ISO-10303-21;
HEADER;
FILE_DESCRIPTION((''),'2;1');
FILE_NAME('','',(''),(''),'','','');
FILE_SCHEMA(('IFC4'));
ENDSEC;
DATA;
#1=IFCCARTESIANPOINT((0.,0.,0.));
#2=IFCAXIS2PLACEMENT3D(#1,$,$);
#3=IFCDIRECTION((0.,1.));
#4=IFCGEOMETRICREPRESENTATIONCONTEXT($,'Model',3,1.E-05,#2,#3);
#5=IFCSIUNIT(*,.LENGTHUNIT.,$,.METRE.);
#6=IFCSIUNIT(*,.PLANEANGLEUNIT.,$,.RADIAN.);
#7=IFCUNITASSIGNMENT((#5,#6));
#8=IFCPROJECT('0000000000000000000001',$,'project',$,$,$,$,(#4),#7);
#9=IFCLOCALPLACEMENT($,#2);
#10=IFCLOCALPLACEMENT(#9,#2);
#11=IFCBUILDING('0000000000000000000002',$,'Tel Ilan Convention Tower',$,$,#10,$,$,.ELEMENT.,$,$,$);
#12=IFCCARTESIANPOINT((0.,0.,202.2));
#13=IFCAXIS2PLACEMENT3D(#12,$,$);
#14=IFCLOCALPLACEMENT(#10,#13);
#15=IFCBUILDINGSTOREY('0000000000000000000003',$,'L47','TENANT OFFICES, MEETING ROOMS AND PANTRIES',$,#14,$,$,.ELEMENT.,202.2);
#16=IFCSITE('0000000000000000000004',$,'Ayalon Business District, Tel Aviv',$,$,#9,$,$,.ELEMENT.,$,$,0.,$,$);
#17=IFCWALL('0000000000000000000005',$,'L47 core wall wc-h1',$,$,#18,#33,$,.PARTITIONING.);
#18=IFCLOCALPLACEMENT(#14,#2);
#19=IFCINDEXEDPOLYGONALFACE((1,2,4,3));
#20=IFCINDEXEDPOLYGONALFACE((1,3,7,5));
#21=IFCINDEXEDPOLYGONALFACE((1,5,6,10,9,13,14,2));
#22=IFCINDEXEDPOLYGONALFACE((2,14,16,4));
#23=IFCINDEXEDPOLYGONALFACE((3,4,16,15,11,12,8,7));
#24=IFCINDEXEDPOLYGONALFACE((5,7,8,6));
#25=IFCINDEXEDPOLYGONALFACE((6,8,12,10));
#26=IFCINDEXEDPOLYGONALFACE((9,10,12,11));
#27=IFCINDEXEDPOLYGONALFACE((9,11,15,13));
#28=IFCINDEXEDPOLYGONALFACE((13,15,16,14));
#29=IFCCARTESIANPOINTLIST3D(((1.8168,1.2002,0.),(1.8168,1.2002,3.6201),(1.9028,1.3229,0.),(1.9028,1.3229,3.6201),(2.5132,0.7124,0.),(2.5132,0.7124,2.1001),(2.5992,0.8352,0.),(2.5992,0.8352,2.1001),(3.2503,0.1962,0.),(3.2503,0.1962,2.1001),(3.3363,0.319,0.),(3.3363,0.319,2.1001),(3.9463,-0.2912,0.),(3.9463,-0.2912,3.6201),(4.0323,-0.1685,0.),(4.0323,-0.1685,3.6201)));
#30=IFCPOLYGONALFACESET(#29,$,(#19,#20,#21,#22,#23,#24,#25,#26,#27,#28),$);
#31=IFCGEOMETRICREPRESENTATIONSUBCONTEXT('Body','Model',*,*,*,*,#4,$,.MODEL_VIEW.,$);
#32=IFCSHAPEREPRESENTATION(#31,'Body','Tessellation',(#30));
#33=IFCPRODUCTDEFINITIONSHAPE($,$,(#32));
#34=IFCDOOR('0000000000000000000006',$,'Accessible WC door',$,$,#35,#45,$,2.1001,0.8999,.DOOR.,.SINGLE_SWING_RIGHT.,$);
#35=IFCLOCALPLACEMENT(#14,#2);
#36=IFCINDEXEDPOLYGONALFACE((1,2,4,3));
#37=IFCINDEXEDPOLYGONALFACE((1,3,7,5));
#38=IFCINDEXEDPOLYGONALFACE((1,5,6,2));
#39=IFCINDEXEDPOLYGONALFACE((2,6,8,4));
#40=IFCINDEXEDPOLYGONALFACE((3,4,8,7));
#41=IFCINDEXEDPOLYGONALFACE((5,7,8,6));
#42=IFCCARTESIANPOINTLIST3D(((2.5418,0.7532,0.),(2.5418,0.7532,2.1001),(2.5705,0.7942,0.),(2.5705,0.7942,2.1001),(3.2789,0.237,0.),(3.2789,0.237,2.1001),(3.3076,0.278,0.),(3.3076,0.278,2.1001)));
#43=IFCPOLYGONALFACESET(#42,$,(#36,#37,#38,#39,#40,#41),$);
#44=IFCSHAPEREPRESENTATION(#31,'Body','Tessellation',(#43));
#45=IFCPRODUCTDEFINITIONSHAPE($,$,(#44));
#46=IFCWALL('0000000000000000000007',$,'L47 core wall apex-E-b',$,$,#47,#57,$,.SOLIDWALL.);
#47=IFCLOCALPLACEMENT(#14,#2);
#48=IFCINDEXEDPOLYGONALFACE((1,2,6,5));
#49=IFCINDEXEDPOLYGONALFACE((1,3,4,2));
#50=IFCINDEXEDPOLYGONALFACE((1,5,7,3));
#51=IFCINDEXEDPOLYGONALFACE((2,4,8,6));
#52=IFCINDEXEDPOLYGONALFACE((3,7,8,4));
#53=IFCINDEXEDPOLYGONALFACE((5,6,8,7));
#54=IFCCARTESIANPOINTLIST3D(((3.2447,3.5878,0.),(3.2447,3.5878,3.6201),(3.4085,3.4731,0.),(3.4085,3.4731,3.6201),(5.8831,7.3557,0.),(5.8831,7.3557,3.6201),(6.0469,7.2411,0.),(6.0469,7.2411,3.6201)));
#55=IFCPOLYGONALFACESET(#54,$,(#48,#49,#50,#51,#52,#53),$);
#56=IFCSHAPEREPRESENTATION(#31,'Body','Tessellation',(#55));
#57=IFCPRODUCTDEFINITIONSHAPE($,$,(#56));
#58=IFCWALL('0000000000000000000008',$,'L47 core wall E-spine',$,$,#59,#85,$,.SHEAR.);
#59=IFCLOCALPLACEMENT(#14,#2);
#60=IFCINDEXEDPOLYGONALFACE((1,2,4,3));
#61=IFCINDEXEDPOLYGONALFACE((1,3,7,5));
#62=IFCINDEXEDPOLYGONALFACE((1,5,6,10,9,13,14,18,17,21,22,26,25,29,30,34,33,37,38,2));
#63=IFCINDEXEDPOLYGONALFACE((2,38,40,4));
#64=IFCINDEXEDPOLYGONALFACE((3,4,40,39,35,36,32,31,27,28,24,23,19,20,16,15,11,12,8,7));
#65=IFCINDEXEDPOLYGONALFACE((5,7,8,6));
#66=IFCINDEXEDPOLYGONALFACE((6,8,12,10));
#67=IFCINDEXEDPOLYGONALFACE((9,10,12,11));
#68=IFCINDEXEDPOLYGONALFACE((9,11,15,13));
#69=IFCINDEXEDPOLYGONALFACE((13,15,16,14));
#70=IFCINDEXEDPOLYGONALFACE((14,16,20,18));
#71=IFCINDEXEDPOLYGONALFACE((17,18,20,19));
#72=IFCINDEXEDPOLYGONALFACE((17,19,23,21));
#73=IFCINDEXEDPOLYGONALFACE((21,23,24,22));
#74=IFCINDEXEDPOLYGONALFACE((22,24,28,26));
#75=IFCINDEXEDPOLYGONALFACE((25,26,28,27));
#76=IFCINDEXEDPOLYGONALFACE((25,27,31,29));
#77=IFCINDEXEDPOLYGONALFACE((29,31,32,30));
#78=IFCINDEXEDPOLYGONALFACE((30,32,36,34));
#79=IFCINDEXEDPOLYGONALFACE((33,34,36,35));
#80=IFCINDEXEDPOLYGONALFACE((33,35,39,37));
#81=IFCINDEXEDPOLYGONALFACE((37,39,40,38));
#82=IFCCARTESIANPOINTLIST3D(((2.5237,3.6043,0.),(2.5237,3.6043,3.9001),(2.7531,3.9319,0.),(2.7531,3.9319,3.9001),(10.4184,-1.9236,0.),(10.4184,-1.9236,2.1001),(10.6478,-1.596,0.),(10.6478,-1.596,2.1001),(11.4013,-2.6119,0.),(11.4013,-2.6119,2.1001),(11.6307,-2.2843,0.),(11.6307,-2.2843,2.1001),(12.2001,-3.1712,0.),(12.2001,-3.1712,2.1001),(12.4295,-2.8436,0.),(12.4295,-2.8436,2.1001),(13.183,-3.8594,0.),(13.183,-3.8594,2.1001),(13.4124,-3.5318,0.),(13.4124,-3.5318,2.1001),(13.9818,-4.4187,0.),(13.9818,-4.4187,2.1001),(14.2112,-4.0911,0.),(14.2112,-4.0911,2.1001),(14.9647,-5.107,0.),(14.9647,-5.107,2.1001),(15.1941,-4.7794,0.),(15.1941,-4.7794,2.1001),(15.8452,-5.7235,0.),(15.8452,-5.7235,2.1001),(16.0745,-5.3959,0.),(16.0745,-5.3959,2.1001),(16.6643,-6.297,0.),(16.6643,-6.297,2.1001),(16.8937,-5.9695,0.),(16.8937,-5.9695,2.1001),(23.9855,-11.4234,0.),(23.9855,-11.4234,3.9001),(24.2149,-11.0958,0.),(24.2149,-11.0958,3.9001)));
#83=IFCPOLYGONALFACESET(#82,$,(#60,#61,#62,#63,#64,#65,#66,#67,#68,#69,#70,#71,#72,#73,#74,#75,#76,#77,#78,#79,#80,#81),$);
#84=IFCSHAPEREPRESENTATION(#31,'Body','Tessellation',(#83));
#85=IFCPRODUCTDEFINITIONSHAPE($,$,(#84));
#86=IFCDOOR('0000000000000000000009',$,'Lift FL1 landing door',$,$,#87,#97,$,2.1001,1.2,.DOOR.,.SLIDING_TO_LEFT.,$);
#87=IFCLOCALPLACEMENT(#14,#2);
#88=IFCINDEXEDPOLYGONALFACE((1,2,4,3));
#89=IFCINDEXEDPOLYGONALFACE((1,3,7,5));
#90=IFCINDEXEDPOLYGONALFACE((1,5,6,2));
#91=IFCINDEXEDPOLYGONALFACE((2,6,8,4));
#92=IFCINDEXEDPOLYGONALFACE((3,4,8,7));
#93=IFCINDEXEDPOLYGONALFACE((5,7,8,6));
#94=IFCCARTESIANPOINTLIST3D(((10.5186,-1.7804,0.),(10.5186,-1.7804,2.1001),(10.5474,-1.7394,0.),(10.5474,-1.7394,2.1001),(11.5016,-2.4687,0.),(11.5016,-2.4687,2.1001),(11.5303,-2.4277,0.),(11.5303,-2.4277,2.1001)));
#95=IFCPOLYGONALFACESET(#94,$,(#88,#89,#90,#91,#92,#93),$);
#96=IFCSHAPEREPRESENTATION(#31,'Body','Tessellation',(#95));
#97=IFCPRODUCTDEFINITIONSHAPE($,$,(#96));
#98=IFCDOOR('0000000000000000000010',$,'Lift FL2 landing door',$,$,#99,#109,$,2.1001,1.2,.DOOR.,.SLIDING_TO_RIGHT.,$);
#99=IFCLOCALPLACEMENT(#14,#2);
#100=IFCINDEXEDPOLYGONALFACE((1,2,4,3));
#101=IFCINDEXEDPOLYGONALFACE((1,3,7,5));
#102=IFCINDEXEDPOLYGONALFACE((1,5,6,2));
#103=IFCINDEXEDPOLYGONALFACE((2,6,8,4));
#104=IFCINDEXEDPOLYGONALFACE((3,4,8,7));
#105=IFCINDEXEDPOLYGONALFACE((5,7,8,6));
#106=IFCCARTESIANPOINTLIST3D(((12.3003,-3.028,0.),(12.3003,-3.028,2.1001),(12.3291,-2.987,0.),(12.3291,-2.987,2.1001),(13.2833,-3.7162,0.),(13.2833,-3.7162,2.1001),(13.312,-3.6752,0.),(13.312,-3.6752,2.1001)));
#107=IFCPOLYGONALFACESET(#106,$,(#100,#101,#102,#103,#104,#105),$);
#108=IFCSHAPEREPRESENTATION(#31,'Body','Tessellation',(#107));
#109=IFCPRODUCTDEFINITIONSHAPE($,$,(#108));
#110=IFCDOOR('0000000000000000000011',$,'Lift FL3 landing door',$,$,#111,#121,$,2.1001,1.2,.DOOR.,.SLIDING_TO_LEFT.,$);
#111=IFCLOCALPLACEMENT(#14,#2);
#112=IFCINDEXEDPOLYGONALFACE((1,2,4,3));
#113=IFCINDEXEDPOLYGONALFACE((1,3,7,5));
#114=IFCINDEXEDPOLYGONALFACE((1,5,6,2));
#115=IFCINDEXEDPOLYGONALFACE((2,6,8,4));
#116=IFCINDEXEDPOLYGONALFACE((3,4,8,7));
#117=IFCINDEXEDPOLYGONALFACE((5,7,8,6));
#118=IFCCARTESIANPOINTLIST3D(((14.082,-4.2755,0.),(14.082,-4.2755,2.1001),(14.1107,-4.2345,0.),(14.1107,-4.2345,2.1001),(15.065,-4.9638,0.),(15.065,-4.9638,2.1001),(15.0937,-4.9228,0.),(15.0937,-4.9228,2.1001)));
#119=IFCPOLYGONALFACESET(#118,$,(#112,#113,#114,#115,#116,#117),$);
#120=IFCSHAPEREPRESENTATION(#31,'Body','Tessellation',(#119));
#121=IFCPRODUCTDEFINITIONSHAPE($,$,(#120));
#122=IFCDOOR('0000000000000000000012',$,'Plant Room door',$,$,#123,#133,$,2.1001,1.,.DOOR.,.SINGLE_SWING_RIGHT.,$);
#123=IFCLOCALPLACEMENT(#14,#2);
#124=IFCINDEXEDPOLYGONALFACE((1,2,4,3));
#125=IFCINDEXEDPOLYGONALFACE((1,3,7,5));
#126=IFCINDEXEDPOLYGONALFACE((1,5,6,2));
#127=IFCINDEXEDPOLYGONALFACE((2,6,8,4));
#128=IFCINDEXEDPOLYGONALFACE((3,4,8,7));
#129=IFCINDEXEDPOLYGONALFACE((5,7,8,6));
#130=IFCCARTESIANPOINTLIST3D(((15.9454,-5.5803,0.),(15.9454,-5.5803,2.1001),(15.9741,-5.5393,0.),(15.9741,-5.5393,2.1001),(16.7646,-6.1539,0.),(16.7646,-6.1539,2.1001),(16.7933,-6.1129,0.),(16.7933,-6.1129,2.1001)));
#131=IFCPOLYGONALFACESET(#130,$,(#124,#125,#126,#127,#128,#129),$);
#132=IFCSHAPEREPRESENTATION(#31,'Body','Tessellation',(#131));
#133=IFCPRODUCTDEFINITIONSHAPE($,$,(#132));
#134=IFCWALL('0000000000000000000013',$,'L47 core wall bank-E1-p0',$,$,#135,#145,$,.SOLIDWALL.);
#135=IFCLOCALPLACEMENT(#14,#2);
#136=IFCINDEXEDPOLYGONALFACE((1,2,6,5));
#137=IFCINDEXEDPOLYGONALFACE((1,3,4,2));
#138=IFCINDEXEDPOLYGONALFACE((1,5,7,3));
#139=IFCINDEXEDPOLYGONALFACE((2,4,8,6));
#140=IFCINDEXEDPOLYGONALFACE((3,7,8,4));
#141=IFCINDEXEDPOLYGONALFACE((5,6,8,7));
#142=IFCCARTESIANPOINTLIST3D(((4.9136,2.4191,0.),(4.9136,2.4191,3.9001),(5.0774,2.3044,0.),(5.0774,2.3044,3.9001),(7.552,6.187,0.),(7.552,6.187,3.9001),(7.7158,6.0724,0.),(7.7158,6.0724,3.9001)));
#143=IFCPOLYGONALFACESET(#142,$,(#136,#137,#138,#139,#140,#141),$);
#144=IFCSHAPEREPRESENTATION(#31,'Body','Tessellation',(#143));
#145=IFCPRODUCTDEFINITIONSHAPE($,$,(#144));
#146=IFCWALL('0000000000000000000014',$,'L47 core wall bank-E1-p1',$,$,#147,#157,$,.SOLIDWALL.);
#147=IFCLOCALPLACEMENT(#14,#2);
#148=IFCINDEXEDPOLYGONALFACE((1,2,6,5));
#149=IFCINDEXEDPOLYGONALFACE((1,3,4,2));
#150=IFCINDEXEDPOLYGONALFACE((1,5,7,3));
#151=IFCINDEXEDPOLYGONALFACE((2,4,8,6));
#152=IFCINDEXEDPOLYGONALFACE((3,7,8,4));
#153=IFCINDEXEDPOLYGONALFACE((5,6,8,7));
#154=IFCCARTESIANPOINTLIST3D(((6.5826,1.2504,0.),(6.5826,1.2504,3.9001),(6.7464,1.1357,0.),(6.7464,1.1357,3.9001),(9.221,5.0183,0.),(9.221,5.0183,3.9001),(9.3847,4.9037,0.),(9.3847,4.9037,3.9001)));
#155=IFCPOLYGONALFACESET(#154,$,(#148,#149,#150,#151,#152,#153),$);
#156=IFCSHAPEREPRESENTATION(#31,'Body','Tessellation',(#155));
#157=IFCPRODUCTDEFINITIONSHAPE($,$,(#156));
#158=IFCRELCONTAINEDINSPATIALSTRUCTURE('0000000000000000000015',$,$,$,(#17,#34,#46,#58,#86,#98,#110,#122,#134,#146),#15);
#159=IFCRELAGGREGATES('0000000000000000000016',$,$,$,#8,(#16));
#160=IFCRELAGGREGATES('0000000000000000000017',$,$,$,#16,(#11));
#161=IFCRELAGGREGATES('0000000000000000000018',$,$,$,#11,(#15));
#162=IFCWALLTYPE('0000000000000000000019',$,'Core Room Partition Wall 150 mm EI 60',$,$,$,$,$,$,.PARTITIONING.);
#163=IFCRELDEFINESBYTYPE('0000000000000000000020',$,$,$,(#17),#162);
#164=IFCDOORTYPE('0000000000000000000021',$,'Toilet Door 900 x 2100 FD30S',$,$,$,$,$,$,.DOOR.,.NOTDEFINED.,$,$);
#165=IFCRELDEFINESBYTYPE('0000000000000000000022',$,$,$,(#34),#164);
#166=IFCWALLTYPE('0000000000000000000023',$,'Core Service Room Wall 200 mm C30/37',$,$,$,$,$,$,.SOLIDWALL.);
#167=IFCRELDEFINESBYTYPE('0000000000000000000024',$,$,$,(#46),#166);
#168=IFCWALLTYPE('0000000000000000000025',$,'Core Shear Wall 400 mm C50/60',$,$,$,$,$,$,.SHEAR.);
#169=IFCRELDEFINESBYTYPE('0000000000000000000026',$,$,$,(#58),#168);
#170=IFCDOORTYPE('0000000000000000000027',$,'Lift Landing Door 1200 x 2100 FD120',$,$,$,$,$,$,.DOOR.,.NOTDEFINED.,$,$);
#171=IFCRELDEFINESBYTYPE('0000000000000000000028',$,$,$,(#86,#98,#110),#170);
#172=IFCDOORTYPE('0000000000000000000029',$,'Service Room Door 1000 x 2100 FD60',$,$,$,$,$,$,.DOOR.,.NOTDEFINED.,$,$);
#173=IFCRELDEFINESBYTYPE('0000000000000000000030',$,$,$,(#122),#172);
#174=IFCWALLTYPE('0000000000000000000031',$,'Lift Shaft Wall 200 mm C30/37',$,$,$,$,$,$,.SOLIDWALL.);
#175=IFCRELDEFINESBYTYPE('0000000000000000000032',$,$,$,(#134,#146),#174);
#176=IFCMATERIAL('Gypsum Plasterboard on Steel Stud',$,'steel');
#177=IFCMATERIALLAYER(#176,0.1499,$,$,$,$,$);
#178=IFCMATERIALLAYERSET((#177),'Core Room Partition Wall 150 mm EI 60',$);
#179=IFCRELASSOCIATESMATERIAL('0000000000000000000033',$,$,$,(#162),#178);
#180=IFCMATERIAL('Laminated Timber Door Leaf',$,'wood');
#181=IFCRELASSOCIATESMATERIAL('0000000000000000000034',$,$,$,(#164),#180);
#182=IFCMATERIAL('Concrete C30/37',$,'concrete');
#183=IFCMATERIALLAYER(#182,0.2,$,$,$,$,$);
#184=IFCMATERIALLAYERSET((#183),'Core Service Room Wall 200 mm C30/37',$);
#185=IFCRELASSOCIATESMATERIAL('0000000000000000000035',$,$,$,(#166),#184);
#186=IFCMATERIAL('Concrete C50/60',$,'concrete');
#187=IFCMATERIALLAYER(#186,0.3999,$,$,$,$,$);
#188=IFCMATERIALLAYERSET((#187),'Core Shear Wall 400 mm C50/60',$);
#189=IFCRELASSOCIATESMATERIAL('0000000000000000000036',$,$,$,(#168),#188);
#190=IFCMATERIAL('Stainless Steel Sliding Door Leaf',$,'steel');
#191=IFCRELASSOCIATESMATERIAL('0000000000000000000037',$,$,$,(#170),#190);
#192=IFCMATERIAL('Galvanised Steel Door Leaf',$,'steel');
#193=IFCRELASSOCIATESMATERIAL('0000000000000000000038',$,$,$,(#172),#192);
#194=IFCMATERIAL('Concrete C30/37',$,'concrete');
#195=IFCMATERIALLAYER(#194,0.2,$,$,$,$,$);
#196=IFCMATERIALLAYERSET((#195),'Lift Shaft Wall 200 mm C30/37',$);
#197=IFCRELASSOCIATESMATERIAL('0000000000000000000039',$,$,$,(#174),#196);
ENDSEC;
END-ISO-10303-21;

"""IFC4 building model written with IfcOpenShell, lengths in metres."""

from ifc_helpers import new_model, si_unit, direction, frame, frame_2d, origin, place, context, subcontext, project, spatial, polyline, rectangle, outline, extrude, material, layer, layer_set, type_object, element, fill, save


model = new_model("IFC4")

# Units and contexts
model_context = context("Model", 3, precision=1e-05, world=origin(), true_north=direction((0.0, 1.0)))
body_context = subcontext(model_context, "Body", "Model", "MODEL_VIEW")
ifc_project = project(units=[si_unit("LENGTHUNIT", "METRE"), si_unit("PLANEANGLEUNIT", "RADIAN")], contexts=[model_context])

# Site, building, storey
site_placement = place(None, origin())
site = spatial("IfcSite", under=ifc_project, at=site_placement, Name="Ayalon Business District, Tel Aviv", CompositionType="ELEMENT", RefElevation=0.0)
building_placement = place(site_placement, origin())
building = spatial("IfcBuilding", under=site, at=building_placement, Name="Tel Ilan Convention Tower", CompositionType="ELEMENT")
storey_placement = place(building_placement, frame((0.0, 0.0, 202.2)))
storey = spatial("IfcBuildingStorey", under=building, at=storey_placement, Name="L47", Description="TENANT OFFICES, MEETING ROOMS AND PANTRIES", CompositionType="ELEMENT", Elevation=202.2)

# Wall, opening, door
ifc_material_1 = material(Name="Gypsum Plasterboard on Steel Stud", Category="steel")
ifc_layer_1 = layer(ifc_material_1, 0.1499)
ifc_layer_set_1 = layer_set([ifc_layer_1], Name="Core Room Partition Wall 150 mm EI 60")
wall_type_1 = type_object("IfcWallType", Name="Core Room Partition Wall 150 mm EI 60", PredefinedType="PARTITIONING", material=ifc_layer_set_1)
wall_1_placement = place(storey_placement, frame((1.8599, 1.2615, 0.0), z_axis=(0.0, 0.0, 1.0), x_axis=(0.819104, -0.573645, 0.0)))
wall_1 = element("IfcWall", 1, at=wall_1_placement, inside=storey, type_object=wall_type_1, Name="L47 core wall wc-h1", PredefinedType="PARTITIONING", context=body_context, shape_type="SweptSolid", body=[
    extrude(rectangle(XDim=2.5999, YDim=0.1499, at=frame_2d((1.2998, 0.0))), origin(), (0.0, 0.0, 1.0), 3.6201),
])
opening_1_placement = place(wall_1_placement, frame((0.8501, 0.0, 0.0)))
opening_1 = element("IfcOpeningElement", 2, at=opening_1_placement, cuts=wall_1, PredefinedType="OPENING", context=body_context, shape_type="SweptSolid", body=[
    extrude(rectangle(XDim=0.8999, YDim=2.1001, at=frame_2d((0.45, 1.05))), frame((0.0, 0.085, 0.0), z_axis=(0.0, -1.0, 0.0), x_axis=(1.0, 0.0, 0.0)), (0.0, 0.0, 1.0), 0.1699),
])
ifc_material_2 = material(Name="Laminated Timber Door Leaf", Category="wood")
door_type_1 = type_object("IfcDoorType", Name="Toilet Door 900 x 2100 FD30S", OperationType="NOTDEFINED", PredefinedType="DOOR", material=ifc_material_2)
door_1_placement = place(opening_1_placement, origin())
door_1 = element("IfcDoor", 3, at=door_1_placement, inside=storey, type_object=door_type_1, Name="Accessible WC door", OperationType="SINGLE_SWING_RIGHT", OverallHeight=2.1001, OverallWidth=0.8999, PredefinedType="DOOR", context=body_context, shape_type="SweptSolid", body=[
    extrude(rectangle(XDim=0.8999, YDim=2.1001, at=frame_2d((0.45, 1.05))), frame((0.0, 0.0249, 0.0), z_axis=(0.0, -1.0, 0.0), x_axis=(1.0, 0.0, 0.0)), (0.0, 0.0, 1.0), 0.05),
])
fill(opening_1, door_1)

# Wall
ifc_material_3 = material(Name="Concrete C30/37", Category="concrete")
ifc_layer_2 = layer(ifc_material_3, 0.2)
ifc_layer_set_2 = layer_set([ifc_layer_2], Name="Core Service Room Wall 200 mm C30/37")
wall_type_2 = type_object("IfcWallType", Name="Core Service Room Wall 200 mm C30/37", PredefinedType="SOLIDWALL", material=ifc_layer_set_2)
wall_2_placement = place(storey_placement, frame((3.3267, 3.5305, 0.0), z_axis=(0.0, 0.0, 1.0), x_axis=(0.573576, 0.819152, 0.0)))
element("IfcWall", 4, at=wall_2_placement, inside=storey, type_object=wall_type_2, Name="L47 core wall apex-E-b", PredefinedType="SOLIDWALL", context=body_context, shape_type="SweptSolid", body=[
    extrude(rectangle(XDim=4.5999, YDim=0.2, at=frame_2d((2.2998, 0.0))), origin(), (0.0, 0.0, 1.0), 3.6201),
])

# Wall, openings, doors
ifc_material_4 = material(Name="Concrete C50/60", Category="concrete")
ifc_layer_3 = layer(ifc_material_4, 0.3999)
ifc_layer_set_3 = layer_set([ifc_layer_3], Name="Core Shear Wall 400 mm C50/60")
wall_type_3 = type_object("IfcWallType", Name="Core Shear Wall 400 mm C50/60", PredefinedType="SHEAR", material=ifc_layer_set_3)
wall_3_placement = place(storey_placement, frame((2.6384, 3.7681, 0.0), z_axis=(0.0, 0.0, 1.0), x_axis=(0.819153, -0.573576, 0.0)))
wall_3 = element("IfcWall", 5, at=wall_3_placement, inside=storey, type_object=wall_type_3, Name="L47 core wall E-spine", PredefinedType="SHEAR", context=body_context, shape_type="SweptSolid", body=[
    extrude(outline(polyline([(0.0, 0.2), (0.0, -0.2), (26.2, -0.2), (26.2, 0.2), (0.0, 0.2)])), origin(), (0.0, 0.0, 1.0), 3.9001),
])
opening_2_placement = place(wall_3_placement, frame((9.6375, 0.0, 0.0)))
opening_2 = element("IfcOpeningElement", 6, at=opening_2_placement, cuts=wall_3, PredefinedType="OPENING", context=body_context, shape_type="SweptSolid", body=[
    extrude(rectangle(XDim=1.2, YDim=2.1001, at=frame_2d((0.6001, 1.05))), frame((0.0, 0.21, 0.0), z_axis=(0.0, -1.0, 0.0), x_axis=(1.0, 0.0, 0.0)), (0.0, 0.0, 1.0), 0.4199),
])
opening_3_placement = place(wall_3_placement, frame((11.8125, 0.0, 0.0)))
opening_3 = element("IfcOpeningElement", 7, at=opening_3_placement, cuts=wall_3, PredefinedType="OPENING", context=body_context, shape_type="SweptSolid", body=[
    extrude(rectangle(XDim=1.2, YDim=2.1001, at=frame_2d((0.6001, 1.05))), frame((0.0, 0.21, 0.0), z_axis=(0.0, -1.0, 0.0), x_axis=(1.0, 0.0, 0.0)), (0.0, 0.0, 1.0), 0.4199),
])
opening_4_placement = place(wall_3_placement, frame((13.9875, 0.0, 0.0)))
opening_4 = element("IfcOpeningElement", 8, at=opening_4_placement, cuts=wall_3, PredefinedType="OPENING", context=body_context, shape_type="SweptSolid", body=[
    extrude(rectangle(XDim=1.2, YDim=2.1001, at=frame_2d((0.6001, 1.05))), frame((0.0, 0.21, 0.0), z_axis=(0.0, -1.0, 0.0), x_axis=(1.0, 0.0, 0.0)), (0.0, 0.0, 1.0), 0.4199),
])
opening_5_placement = place(wall_3_placement, frame((16.2625, 0.0, 0.0)))
opening_5 = element("IfcOpeningElement", 9, at=opening_5_placement, cuts=wall_3, PredefinedType="OPENING", context=body_context, shape_type="SweptSolid", body=[
    extrude(rectangle(XDim=1.0, YDim=2.1001, at=frame_2d((0.5, 1.05))), frame((0.0, 0.21, 0.0), z_axis=(0.0, -1.0, 0.0), x_axis=(1.0, 0.0, 0.0)), (0.0, 0.0, 1.0), 0.4199),
])
ifc_material_5 = material(Name="Stainless Steel Sliding Door Leaf", Category="steel")
door_type_2 = type_object("IfcDoorType", Name="Lift Landing Door 1200 x 2100 FD120", OperationType="NOTDEFINED", PredefinedType="DOOR", material=ifc_material_5)
door_2_placement = place(opening_2_placement, origin())
door_2 = element("IfcDoor", 10, at=door_2_placement, inside=storey, type_object=door_type_2, Name="Lift FL1 landing door", OperationType="SLIDING_TO_LEFT", OverallHeight=2.1001, OverallWidth=1.2, PredefinedType="DOOR", context=body_context, shape_type="SweptSolid", body=[
    extrude(rectangle(XDim=1.2, YDim=2.1001, at=frame_2d((0.6001, 1.05))), frame((0.0, 0.0249, 0.0), z_axis=(0.0, -1.0, 0.0), x_axis=(1.0, 0.0, 0.0)), (0.0, 0.0, 1.0), 0.05),
])
fill(opening_2, door_2)
door_3_placement = place(opening_3_placement, origin())
door_3 = element("IfcDoor", 11, at=door_3_placement, inside=storey, type_object=door_type_2, Name="Lift FL2 landing door", OperationType="SLIDING_TO_RIGHT", OverallHeight=2.1001, OverallWidth=1.2, PredefinedType="DOOR", context=body_context, shape_type="SweptSolid", body=[
    extrude(rectangle(XDim=1.2, YDim=2.1001, at=frame_2d((0.6001, 1.05))), frame((0.0, 0.0249, 0.0), z_axis=(0.0, -1.0, 0.0), x_axis=(1.0, 0.0, 0.0)), (0.0, 0.0, 1.0), 0.05),
])
fill(opening_3, door_3)
door_4_placement = place(opening_4_placement, origin())
door_4 = element("IfcDoor", 12, at=door_4_placement, inside=storey, type_object=door_type_2, Name="Lift FL3 landing door", OperationType="SLIDING_TO_LEFT", OverallHeight=2.1001, OverallWidth=1.2, PredefinedType="DOOR", context=body_context, shape_type="SweptSolid", body=[
    extrude(rectangle(XDim=1.2, YDim=2.1001, at=frame_2d((0.6001, 1.05))), frame((0.0, 0.0249, 0.0), z_axis=(0.0, -1.0, 0.0), x_axis=(1.0, 0.0, 0.0)), (0.0, 0.0, 1.0), 0.05),
])
fill(opening_4, door_4)
ifc_material_6 = material(Name="Galvanised Steel Door Leaf", Category="steel")
door_type_3 = type_object("IfcDoorType", Name="Service Room Door 1000 x 2100 FD60", OperationType="NOTDEFINED", PredefinedType="DOOR", material=ifc_material_6)
door_5_placement = place(opening_5_placement, origin())
door_5 = element("IfcDoor", 13, at=door_5_placement, inside=storey, type_object=door_type_3, Name="Plant Room door", OperationType="SINGLE_SWING_RIGHT", OverallHeight=2.1001, OverallWidth=1.0, PredefinedType="DOOR", context=body_context, shape_type="SweptSolid", body=[
    extrude(rectangle(XDim=1.0, YDim=2.1001, at=frame_2d((0.5, 1.05))), frame((0.0, 0.0249, 0.0), z_axis=(0.0, -1.0, 0.0), x_axis=(1.0, 0.0, 0.0)), (0.0, 0.0, 1.0), 0.05),
])
fill(opening_5, door_5)

# Walls
ifc_material_7 = material(Name="Concrete C30/37", Category="concrete")
ifc_layer_4 = layer(ifc_material_7, 0.2)
ifc_layer_set_4 = layer_set([ifc_layer_4], Name="Lift Shaft Wall 200 mm C30/37")
wall_type_4 = type_object("IfcWallType", Name="Lift Shaft Wall 200 mm C30/37", PredefinedType="SOLIDWALL", material=ifc_layer_set_4)
for number, where, z_axis, x_axis, name in (
    (14, (4.9956, 2.3618, 0.0), (0.0, 0.0, 1.0), (0.573576, 0.819152, 0.0), "L47 core wall bank-E1-p0"),
    (15, (6.6646, 1.1931, 0.0), (0.0, 0.0, 1.0), (0.573576, 0.819152, 0.0), "L47 core wall bank-E1-p1"),
):
    element("IfcWall", number, at=place(storey_placement, frame(where, z_axis=z_axis, x_axis=x_axis)), inside=storey, type_object=wall_type_4, Name=name, PredefinedType="SOLIDWALL", context=body_context, shape_type="SweptSolid", body=[
        extrude(rectangle(XDim=4.5999, YDim=0.2, at=frame_2d((2.2998, 0.0))), origin(), (0.0, 0.0, 1.0), 3.9001),
    ])

save(model, "model.ifc")
